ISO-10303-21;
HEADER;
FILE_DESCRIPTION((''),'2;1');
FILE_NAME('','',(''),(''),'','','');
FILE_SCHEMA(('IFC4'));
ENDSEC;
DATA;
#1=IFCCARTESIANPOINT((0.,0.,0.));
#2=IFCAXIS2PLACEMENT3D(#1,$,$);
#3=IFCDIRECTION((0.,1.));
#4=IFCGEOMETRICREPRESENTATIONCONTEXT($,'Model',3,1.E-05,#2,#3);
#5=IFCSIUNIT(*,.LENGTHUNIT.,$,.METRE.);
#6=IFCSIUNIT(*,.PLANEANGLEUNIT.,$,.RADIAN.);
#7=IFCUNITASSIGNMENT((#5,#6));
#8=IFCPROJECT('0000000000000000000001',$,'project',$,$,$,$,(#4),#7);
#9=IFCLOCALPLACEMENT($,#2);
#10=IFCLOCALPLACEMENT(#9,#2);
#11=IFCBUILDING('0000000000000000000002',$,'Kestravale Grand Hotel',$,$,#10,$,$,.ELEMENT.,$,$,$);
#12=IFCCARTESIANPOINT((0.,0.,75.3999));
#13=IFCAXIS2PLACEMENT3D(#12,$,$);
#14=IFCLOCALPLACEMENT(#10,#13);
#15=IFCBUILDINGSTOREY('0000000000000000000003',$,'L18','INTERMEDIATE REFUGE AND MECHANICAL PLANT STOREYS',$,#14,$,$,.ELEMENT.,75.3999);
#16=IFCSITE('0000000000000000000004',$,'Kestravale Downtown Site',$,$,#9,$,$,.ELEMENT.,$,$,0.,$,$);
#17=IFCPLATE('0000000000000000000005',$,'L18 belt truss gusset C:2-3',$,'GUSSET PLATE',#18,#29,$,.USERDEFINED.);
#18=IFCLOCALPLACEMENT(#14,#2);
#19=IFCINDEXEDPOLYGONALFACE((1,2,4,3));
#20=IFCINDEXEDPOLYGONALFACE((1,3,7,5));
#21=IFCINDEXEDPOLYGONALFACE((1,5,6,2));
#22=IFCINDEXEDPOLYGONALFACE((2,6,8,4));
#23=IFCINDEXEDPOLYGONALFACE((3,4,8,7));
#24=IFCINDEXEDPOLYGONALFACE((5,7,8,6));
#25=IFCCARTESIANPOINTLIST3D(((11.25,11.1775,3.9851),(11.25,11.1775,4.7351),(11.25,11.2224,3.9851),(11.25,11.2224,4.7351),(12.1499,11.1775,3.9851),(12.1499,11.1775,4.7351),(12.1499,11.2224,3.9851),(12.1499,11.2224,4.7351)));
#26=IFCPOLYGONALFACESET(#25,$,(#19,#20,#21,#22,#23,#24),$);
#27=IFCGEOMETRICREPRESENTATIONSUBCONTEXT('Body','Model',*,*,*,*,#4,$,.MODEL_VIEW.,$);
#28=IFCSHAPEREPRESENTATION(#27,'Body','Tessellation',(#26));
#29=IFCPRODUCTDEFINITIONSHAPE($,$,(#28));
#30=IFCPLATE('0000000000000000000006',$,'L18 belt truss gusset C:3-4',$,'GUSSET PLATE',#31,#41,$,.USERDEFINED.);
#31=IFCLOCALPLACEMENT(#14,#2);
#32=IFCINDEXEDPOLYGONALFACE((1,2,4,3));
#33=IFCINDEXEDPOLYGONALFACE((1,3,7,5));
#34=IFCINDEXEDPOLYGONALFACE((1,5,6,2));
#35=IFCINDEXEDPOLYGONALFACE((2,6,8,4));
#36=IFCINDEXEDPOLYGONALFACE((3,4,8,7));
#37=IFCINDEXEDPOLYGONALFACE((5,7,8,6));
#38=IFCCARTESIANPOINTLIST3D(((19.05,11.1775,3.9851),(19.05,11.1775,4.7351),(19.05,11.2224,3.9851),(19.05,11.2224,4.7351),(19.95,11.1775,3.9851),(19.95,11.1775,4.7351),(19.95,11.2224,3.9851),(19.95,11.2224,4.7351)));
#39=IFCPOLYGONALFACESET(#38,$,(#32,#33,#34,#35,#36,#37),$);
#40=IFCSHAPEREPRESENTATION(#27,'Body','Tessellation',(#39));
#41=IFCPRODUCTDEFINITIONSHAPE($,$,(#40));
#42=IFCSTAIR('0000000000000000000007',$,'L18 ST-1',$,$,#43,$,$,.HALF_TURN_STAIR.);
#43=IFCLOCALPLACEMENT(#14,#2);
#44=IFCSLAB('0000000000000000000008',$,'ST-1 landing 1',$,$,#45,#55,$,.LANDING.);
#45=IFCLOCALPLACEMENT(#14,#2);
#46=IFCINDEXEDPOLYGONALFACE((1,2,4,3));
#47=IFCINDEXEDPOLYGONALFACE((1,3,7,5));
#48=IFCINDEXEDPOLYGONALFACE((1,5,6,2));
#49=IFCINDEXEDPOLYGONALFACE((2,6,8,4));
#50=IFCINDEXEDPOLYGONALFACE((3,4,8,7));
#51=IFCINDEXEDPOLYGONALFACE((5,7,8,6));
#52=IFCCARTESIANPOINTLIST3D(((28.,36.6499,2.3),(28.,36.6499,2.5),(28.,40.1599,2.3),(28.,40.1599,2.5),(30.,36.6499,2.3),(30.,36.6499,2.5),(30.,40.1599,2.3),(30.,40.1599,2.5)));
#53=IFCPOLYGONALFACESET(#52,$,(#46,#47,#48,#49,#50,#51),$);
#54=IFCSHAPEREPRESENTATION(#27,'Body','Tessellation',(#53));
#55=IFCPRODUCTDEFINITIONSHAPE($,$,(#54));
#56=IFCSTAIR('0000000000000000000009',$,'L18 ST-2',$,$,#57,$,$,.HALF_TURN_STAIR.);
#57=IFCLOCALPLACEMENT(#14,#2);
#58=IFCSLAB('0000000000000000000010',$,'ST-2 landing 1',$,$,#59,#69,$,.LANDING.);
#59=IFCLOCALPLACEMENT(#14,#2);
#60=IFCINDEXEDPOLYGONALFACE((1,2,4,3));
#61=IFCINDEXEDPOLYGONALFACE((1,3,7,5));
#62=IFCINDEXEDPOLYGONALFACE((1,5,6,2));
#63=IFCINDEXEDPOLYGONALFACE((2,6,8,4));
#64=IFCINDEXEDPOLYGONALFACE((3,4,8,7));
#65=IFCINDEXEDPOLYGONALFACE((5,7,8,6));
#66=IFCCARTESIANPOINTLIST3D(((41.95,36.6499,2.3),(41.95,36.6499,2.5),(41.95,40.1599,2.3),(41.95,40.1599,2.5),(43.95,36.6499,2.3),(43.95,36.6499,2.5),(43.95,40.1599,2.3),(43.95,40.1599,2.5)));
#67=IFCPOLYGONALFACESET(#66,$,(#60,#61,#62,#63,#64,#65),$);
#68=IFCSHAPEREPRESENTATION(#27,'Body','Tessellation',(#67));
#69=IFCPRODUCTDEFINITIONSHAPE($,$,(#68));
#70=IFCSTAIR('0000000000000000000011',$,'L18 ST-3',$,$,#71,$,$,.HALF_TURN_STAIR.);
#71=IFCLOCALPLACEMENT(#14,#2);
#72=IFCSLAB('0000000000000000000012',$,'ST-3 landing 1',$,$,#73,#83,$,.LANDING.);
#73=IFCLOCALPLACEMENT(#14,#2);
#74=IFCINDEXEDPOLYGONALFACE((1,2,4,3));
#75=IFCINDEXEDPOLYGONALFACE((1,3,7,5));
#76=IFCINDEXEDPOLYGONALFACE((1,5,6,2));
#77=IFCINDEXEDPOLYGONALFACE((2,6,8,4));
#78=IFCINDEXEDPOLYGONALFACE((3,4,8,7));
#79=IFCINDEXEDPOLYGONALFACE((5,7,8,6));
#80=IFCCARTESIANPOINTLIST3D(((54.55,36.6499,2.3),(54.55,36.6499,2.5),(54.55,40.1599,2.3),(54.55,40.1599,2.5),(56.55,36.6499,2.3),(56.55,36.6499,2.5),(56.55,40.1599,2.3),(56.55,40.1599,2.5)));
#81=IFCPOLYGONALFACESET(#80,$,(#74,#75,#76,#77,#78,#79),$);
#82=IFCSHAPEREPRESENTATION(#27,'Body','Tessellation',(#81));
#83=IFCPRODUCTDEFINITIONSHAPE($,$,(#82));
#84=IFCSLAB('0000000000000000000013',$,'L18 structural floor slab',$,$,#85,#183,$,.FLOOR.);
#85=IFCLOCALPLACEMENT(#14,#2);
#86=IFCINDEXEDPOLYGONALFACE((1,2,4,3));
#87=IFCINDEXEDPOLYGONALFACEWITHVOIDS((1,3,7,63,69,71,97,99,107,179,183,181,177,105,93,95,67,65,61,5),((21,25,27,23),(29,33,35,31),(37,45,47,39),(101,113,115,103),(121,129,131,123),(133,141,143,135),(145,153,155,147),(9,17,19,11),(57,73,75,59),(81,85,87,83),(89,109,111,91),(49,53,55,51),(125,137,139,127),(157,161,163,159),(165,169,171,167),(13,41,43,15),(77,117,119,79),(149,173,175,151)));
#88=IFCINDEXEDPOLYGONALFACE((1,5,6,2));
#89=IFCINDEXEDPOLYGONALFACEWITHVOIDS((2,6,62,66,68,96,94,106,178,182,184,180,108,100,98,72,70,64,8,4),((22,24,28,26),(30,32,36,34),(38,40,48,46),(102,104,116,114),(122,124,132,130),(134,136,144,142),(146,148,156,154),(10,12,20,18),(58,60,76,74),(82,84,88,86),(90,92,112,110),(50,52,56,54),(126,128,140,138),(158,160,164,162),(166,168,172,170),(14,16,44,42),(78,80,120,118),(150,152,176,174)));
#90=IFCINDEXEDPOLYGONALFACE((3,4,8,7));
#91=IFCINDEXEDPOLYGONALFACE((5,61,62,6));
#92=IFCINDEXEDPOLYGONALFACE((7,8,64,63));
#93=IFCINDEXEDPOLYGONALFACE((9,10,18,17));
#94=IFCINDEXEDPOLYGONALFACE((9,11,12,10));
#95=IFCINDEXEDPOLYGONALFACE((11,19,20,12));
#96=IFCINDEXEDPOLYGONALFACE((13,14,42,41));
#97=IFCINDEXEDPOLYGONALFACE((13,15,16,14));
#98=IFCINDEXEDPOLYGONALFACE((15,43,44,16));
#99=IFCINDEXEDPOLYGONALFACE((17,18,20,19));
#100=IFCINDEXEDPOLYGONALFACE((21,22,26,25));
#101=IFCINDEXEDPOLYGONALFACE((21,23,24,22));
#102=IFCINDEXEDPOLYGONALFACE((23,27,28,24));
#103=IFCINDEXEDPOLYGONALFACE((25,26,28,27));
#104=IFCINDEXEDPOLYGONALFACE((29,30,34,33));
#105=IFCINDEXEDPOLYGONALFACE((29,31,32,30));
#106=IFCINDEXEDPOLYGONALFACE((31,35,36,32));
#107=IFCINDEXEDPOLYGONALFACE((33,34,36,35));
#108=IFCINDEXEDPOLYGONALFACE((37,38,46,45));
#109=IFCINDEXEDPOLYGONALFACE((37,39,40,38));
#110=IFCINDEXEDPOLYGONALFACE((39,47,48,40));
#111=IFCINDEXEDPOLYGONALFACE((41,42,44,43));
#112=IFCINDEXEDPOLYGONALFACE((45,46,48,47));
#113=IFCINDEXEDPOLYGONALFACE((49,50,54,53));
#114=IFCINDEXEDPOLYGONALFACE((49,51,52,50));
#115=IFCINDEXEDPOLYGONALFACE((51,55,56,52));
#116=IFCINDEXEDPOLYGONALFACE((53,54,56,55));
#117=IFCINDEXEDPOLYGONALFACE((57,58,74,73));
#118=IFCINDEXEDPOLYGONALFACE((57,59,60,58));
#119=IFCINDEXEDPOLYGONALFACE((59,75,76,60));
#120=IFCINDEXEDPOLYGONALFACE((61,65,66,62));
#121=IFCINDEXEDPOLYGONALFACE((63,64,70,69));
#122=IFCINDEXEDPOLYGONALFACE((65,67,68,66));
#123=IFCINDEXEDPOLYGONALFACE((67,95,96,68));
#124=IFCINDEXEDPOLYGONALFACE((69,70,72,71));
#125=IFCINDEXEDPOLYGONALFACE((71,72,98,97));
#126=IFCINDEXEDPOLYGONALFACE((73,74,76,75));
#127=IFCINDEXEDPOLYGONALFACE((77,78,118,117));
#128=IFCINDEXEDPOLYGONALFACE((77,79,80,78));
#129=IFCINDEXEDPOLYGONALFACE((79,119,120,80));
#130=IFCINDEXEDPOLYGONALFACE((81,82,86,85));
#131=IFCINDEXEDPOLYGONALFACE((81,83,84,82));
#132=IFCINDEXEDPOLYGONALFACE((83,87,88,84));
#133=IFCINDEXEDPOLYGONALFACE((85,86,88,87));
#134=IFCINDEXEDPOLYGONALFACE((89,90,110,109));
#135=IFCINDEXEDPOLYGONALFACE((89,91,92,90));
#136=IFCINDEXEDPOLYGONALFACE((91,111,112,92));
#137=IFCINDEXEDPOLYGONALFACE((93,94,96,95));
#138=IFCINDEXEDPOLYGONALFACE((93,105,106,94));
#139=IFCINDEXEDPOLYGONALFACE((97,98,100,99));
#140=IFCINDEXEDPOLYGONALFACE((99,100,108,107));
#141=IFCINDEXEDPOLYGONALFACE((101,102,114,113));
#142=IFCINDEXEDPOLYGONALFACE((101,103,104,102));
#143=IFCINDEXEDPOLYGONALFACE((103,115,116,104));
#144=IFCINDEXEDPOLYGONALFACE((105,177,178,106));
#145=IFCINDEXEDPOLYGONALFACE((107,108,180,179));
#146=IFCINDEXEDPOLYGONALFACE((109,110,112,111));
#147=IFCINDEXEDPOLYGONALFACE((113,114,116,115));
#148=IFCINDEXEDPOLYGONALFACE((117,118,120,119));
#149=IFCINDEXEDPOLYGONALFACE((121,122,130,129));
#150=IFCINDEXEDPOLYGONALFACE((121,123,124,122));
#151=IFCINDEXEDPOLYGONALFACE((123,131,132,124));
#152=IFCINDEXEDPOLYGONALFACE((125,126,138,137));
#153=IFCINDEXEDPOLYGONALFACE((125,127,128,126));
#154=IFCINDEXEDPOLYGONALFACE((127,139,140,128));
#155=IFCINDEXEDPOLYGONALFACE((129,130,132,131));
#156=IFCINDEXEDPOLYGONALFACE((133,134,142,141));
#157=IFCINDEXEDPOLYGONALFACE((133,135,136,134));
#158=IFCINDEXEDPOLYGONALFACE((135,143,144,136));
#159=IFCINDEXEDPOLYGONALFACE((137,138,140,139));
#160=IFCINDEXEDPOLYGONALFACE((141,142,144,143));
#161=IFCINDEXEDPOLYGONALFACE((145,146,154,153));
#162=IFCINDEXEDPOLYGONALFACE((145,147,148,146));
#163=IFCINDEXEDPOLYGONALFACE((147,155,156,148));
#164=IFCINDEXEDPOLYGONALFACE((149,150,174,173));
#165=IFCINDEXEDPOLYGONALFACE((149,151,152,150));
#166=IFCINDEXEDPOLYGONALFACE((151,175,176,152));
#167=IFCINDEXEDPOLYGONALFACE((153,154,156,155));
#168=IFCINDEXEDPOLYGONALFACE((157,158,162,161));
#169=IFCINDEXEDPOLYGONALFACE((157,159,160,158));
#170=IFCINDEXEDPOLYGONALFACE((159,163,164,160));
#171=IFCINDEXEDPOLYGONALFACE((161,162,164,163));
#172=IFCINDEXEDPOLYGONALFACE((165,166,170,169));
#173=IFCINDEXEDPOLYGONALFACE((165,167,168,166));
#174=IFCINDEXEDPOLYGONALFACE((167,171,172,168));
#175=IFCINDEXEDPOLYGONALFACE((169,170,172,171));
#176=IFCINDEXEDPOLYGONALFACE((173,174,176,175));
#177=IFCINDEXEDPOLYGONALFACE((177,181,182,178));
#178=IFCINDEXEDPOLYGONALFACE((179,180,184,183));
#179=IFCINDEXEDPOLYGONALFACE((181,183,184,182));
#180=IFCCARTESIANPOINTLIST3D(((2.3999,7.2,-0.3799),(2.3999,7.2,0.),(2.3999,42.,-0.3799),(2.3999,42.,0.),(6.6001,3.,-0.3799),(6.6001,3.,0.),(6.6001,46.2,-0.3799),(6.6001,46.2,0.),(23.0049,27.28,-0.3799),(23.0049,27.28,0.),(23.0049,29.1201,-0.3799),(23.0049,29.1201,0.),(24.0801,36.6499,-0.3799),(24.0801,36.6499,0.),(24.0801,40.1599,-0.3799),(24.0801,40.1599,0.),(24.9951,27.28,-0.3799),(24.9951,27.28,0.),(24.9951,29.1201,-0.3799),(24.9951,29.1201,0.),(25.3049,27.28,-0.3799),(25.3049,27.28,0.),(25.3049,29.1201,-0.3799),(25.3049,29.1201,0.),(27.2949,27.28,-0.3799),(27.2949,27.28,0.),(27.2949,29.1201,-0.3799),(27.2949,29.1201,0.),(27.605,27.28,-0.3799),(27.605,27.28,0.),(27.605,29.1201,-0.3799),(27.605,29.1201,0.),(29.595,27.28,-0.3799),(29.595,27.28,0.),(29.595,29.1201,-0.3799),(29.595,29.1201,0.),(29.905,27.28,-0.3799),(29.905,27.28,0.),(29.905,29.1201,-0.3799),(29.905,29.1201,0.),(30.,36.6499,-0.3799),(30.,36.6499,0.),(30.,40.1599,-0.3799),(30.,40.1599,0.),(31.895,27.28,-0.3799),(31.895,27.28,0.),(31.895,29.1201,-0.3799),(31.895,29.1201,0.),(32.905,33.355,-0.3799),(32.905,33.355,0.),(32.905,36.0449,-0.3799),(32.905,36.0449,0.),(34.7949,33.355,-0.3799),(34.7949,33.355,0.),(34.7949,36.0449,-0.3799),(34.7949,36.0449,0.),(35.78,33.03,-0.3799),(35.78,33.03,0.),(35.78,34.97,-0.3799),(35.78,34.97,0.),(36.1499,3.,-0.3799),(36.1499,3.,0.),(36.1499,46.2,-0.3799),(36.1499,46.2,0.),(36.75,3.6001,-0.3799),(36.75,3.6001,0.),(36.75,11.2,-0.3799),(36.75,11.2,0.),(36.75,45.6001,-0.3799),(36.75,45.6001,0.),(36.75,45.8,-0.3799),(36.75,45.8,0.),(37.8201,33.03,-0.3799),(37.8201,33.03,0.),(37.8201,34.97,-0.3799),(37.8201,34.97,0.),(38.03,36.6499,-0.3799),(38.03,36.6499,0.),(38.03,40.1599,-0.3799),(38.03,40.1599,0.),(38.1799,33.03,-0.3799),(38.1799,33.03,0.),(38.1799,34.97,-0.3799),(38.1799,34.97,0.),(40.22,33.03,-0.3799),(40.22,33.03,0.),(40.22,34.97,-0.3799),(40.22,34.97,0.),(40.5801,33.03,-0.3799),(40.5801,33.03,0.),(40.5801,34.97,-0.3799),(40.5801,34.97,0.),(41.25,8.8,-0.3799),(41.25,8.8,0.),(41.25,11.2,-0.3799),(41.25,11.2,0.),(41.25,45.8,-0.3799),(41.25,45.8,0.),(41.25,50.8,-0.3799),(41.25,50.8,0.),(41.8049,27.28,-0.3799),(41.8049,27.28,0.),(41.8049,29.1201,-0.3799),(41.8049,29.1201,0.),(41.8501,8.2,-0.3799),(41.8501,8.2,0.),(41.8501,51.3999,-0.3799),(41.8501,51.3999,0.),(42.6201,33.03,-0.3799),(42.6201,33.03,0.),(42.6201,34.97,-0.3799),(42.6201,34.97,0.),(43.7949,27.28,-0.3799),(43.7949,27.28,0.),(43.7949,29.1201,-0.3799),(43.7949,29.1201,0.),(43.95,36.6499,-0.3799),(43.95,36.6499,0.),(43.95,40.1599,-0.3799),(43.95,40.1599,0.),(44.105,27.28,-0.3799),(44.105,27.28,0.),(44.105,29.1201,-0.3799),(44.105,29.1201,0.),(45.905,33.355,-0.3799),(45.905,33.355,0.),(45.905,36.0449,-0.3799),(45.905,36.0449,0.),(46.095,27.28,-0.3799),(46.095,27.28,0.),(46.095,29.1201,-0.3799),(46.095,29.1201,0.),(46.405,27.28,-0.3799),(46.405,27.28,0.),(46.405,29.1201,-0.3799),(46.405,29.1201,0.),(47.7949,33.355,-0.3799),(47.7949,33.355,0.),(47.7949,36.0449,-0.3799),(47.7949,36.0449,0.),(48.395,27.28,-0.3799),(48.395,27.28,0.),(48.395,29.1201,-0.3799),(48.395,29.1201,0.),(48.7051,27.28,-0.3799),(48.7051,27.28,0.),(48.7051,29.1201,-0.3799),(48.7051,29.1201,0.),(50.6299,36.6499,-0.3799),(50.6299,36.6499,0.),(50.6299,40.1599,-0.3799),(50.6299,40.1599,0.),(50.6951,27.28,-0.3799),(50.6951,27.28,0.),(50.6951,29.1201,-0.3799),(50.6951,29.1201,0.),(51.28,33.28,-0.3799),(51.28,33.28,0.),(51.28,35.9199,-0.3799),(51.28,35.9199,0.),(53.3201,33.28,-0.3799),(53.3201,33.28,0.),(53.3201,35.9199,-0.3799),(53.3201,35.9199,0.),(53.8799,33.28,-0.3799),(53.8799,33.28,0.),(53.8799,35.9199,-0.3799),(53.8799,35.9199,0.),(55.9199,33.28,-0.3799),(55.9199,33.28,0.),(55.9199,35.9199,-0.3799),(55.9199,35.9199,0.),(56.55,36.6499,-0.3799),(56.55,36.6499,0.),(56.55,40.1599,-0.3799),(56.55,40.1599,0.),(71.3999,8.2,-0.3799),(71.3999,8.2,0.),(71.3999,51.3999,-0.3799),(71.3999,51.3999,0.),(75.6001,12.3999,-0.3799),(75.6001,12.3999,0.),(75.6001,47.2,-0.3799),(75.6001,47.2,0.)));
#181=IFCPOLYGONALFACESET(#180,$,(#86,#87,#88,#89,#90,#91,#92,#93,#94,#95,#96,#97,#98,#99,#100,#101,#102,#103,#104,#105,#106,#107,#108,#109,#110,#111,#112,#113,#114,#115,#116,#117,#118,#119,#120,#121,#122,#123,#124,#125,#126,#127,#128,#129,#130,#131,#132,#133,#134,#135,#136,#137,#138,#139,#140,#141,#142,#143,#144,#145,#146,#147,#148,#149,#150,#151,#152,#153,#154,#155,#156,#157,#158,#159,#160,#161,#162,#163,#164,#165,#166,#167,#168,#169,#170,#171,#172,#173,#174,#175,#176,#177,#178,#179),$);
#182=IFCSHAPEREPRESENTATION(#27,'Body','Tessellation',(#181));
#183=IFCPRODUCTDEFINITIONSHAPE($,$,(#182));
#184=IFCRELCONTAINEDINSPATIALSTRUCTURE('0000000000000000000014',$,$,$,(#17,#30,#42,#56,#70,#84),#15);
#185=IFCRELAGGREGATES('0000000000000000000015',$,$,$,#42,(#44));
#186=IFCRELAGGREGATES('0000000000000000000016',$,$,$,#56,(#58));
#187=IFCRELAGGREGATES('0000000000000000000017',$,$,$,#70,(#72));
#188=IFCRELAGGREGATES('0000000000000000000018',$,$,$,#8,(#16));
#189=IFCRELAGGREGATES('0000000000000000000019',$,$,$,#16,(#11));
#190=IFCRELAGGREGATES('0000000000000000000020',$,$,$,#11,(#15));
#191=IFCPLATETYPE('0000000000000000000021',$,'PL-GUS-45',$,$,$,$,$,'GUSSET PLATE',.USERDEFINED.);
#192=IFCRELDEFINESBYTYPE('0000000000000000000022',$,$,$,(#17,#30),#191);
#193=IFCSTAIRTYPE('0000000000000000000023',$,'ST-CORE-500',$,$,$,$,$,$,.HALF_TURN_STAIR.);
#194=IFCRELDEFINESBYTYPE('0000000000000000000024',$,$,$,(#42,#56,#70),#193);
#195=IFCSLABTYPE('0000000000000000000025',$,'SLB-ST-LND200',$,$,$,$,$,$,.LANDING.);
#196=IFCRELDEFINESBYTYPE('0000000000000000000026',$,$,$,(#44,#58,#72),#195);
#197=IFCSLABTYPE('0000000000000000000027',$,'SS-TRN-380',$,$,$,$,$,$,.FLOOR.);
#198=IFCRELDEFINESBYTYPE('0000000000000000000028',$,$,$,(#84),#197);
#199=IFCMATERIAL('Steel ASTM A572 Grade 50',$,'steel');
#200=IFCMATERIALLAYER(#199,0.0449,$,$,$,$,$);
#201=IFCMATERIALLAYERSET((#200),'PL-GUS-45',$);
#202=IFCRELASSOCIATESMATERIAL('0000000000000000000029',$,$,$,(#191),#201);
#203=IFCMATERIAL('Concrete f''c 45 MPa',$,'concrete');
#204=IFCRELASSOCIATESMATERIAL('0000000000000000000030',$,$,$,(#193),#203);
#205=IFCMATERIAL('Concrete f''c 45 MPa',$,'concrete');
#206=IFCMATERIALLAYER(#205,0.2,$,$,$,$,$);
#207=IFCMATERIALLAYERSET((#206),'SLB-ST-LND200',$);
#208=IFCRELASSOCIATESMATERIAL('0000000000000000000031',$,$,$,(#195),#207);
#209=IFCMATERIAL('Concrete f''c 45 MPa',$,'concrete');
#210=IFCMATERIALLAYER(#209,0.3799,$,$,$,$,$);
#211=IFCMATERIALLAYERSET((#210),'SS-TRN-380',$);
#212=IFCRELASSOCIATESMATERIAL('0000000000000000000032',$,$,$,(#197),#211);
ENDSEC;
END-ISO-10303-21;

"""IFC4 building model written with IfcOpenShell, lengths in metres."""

from ifc_helpers import new_model, si_unit, direction, frame, origin, origin_2d, place, context, subcontext, project, spatial, polyline, rectangle, outline, extrude, material, layer, layer_set, type_object, element, aggregate, save


model = new_model("IFC4")

# Units and contexts
model_context = context("Model", 3, precision=1e-05, world=origin(), true_north=direction((0.0, 1.0)))
body_context = subcontext(model_context, "Body", "Model", "MODEL_VIEW")
ifc_project = project(units=[si_unit("LENGTHUNIT", "METRE"), si_unit("PLANEANGLEUNIT", "RADIAN")], contexts=[model_context])

# Site, building, storey
site_placement = place(None, origin())
site = spatial("IfcSite", under=ifc_project, at=site_placement, Name="Kestravale Downtown Site", CompositionType="ELEMENT", RefElevation=0.0)
building_placement = place(site_placement, origin())
building = spatial("IfcBuilding", under=site, at=building_placement, Name="Kestravale Grand Hotel", CompositionType="ELEMENT")
storey_placement = place(building_placement, frame((0.0, 0.0, 75.3999)))
storey = spatial("IfcBuildingStorey", under=building, at=storey_placement, Name="L18", Description="INTERMEDIATE REFUGE AND MECHANICAL PLANT STOREYS", CompositionType="ELEMENT", Elevation=75.3999)

# Plates
ifc_material_1 = material(Name="Steel ASTM A572 Grade 50", Category="steel")
ifc_layer_1 = layer(ifc_material_1, 0.0449)
ifc_layer_set_1 = layer_set([ifc_layer_1], Name="PL-GUS-45")
plate_type = type_object("IfcPlateType", Name="PL-GUS-45", ElementType="GUSSET PLATE", PredefinedType="USERDEFINED", material=ifc_layer_set_1)
for number, where, z_axis, x_axis, name in (
    (1, (11.7, 11.2, 3.9851), (0.0, 0.0, 1.0), (1.0, 0.0, 0.0), "L18 belt truss gusset C:2-3"),
    (2, (19.5, 11.2, 3.9851), (0.0, 0.0, 1.0), (1.0, 0.0, 0.0), "L18 belt truss gusset C:3-4"),
):
    element("IfcPlate", number, at=place(storey_placement, frame(where, z_axis=z_axis, x_axis=x_axis)), inside=storey, type_object=plate_type, Name=name, ObjectType="GUSSET PLATE", PredefinedType="USERDEFINED", context=body_context, shape_type="SweptSolid", body=[
        extrude(rectangle(XDim=0.8999, YDim=0.0449, at=origin_2d()), origin(), (0.0, 0.0, 1.0), 0.75),
    ])

# Stairs, slabs
ifc_material_2 = material(Name="Concrete f'c 45 MPa", Category="concrete")
stair_type = type_object("IfcStairType", Name="ST-CORE-500", PredefinedType="HALF_TURN_STAIR", material=ifc_material_2)
stair_1_placement = place(storey_placement, origin())
stair_1 = element("IfcStair", 3, at=stair_1_placement, inside=storey, type_object=stair_type, Name="L18 ST-1", PredefinedType="HALF_TURN_STAIR")
ifc_material_3 = material(Name="Concrete f'c 45 MPa", Category="concrete")
ifc_layer_2 = layer(ifc_material_3, 0.2)
ifc_layer_set_2 = layer_set([ifc_layer_2], Name="SLB-ST-LND200")
slab_type_1 = type_object("IfcSlabType", Name="SLB-ST-LND200", PredefinedType="LANDING", material=ifc_layer_set_2)
slab_1_placement = place(storey_placement, frame((0.0, 0.0, 2.3)))
slab_1 = element("IfcSlab", 4, at=slab_1_placement, type_object=slab_type_1, Name="ST-1 landing 1", PredefinedType="LANDING", context=body_context, shape_type="SweptSolid", body=[
    extrude(outline(polyline([(28.0, 36.6499), (30.0, 36.6499), (30.0, 40.1599), (28.0, 40.1599), (28.0, 36.6499)])), origin(), (0.0, 0.0, 1.0), 0.2),
])
aggregate(stair_1, [slab_1])
stair_2_placement = place(storey_placement, origin())
stair_2 = element("IfcStair", 5, at=stair_2_placement, inside=storey, type_object=stair_type, Name="L18 ST-2", PredefinedType="HALF_TURN_STAIR")
slab_2_placement = place(storey_placement, frame((0.0, 0.0, 2.3)))
slab_2 = element("IfcSlab", 6, at=slab_2_placement, type_object=slab_type_1, Name="ST-2 landing 1", PredefinedType="LANDING", context=body_context, shape_type="SweptSolid", body=[
    extrude(outline(polyline([(41.95, 36.6499), (43.95, 36.6499), (43.95, 40.1599), (41.95, 40.1599), (41.95, 36.6499)])), origin(), (0.0, 0.0, 1.0), 0.2),
])
aggregate(stair_2, [slab_2])
stair_3_placement = place(storey_placement, origin())
stair_3 = element("IfcStair", 7, at=stair_3_placement, inside=storey, type_object=stair_type, Name="L18 ST-3", PredefinedType="HALF_TURN_STAIR")
slab_3_placement = place(storey_placement, frame((0.0, 0.0, 2.3)))
slab_3 = element("IfcSlab", 8, at=slab_3_placement, type_object=slab_type_1, Name="ST-3 landing 1", PredefinedType="LANDING", context=body_context, shape_type="SweptSolid", body=[
    extrude(outline(polyline([(54.55, 36.6499), (56.55, 36.6499), (56.55, 40.1599), (54.55, 40.1599), (54.55, 36.6499)])), origin(), (0.0, 0.0, 1.0), 0.2),
])
aggregate(stair_3, [slab_3])

# Slab
ifc_material_4 = material(Name="Concrete f'c 45 MPa", Category="concrete")
ifc_layer_3 = layer(ifc_material_4, 0.3799)
ifc_layer_set_3 = layer_set([ifc_layer_3], Name="SS-TRN-380")
slab_type_2 = type_object("IfcSlabType", Name="SS-TRN-380", PredefinedType="FLOOR", material=ifc_layer_set_3)
slab_4_placement = place(storey_placement, frame((0.0, 0.0, -0.3799)))
element("IfcSlab", 9, at=slab_4_placement, inside=storey, type_object=slab_type_2, Name="L18 structural floor slab", PredefinedType="FLOOR", context=body_context, shape_type="SweptSolid", body=[
    extrude(outline(polyline([(6.6001, 3.0), (36.1499, 3.0), (36.75, 3.6001), (36.75, 11.2), (41.25, 11.2), (41.25, 8.8), (41.8501, 8.2), (71.3999, 8.2), (75.6001, 12.3999), (75.6001, 47.2), (71.3999, 51.3999), (41.8501, 51.3999), (41.25, 50.8), (41.25, 45.8), (36.75, 45.8), (36.75, 45.6001), (36.1499, 46.2), (6.6001, 46.2), (2.3999, 42.0), (2.3999, 7.2), (6.6001, 3.0)]), holes=[polyline([(24.0801, 36.6499), (30.0, 36.6499), (30.0, 40.1599), (24.0801, 40.1599), (24.0801, 36.6499)]), polyline([(38.03, 36.6499), (43.95, 36.6499), (43.95, 40.1599), (38.03, 40.1599), (38.03, 36.6499)]), polyline([(50.6299, 36.6499), (56.55, 36.6499), (56.55, 40.1599), (50.6299, 40.1599), (50.6299, 36.6499)]), polyline([(23.0049, 27.28), (24.9951, 27.28), (24.9951, 29.1201), (23.0049, 29.1201), (23.0049, 27.28)]), polyline([(25.3049, 27.28), (27.2949, 27.28), (27.2949, 29.1201), (25.3049, 29.1201), (25.3049, 27.28)]), polyline([(27.605, 27.28), (29.595, 27.28), (29.595, 29.1201), (27.605, 29.1201), (27.605, 27.28)]), polyline([(29.905, 27.28), (31.895, 27.28), (31.895, 29.1201), (29.905, 29.1201), (29.905, 27.28)]), polyline([(41.8049, 27.28), (43.7949, 27.28), (43.7949, 29.1201), (41.8049, 29.1201), (41.8049, 27.28)]), polyline([(44.105, 27.28), (46.095, 27.28), (46.095, 29.1201), (44.105, 29.1201), (44.105, 27.28)]), polyline([(46.405, 27.28), (48.395, 27.28), (48.395, 29.1201), (46.405, 29.1201), (46.405, 27.28)]), polyline([(48.7051, 27.28), (50.6951, 27.28), (50.6951, 29.1201), (48.7051, 29.1201), (48.7051, 27.28)]), polyline([(35.78, 33.03), (37.8201, 33.03), (37.8201, 34.97), (35.78, 34.97), (35.78, 33.03)]), polyline([(38.1799, 33.03), (40.22, 33.03), (40.22, 34.97), (38.1799, 34.97), (38.1799, 33.03)]), polyline([(40.5801, 33.03), (42.6201, 33.03), (42.6201, 34.97), (40.5801, 34.97), (40.5801, 33.03)]), polyline([(32.905, 33.355), (34.7949, 33.355), (34.7949, 36.0449), (32.905, 36.0449), (32.905, 33.355)]), polyline([(45.905, 33.355), (47.7949, 33.355), (47.7949, 36.0449), (45.905, 36.0449), (45.905, 33.355)]), polyline([(51.28, 33.28), (53.3201, 33.28), (53.3201, 35.9199), (51.28, 35.9199), (51.28, 33.28)]), polyline([(53.8799, 33.28), (55.9199, 33.28), (55.9199, 35.9199), (53.8799, 35.9199), (53.8799, 33.28)])]), origin(), (0.0, 0.0, 1.0), 0.3799),
])

save(model, "model.ifc")
